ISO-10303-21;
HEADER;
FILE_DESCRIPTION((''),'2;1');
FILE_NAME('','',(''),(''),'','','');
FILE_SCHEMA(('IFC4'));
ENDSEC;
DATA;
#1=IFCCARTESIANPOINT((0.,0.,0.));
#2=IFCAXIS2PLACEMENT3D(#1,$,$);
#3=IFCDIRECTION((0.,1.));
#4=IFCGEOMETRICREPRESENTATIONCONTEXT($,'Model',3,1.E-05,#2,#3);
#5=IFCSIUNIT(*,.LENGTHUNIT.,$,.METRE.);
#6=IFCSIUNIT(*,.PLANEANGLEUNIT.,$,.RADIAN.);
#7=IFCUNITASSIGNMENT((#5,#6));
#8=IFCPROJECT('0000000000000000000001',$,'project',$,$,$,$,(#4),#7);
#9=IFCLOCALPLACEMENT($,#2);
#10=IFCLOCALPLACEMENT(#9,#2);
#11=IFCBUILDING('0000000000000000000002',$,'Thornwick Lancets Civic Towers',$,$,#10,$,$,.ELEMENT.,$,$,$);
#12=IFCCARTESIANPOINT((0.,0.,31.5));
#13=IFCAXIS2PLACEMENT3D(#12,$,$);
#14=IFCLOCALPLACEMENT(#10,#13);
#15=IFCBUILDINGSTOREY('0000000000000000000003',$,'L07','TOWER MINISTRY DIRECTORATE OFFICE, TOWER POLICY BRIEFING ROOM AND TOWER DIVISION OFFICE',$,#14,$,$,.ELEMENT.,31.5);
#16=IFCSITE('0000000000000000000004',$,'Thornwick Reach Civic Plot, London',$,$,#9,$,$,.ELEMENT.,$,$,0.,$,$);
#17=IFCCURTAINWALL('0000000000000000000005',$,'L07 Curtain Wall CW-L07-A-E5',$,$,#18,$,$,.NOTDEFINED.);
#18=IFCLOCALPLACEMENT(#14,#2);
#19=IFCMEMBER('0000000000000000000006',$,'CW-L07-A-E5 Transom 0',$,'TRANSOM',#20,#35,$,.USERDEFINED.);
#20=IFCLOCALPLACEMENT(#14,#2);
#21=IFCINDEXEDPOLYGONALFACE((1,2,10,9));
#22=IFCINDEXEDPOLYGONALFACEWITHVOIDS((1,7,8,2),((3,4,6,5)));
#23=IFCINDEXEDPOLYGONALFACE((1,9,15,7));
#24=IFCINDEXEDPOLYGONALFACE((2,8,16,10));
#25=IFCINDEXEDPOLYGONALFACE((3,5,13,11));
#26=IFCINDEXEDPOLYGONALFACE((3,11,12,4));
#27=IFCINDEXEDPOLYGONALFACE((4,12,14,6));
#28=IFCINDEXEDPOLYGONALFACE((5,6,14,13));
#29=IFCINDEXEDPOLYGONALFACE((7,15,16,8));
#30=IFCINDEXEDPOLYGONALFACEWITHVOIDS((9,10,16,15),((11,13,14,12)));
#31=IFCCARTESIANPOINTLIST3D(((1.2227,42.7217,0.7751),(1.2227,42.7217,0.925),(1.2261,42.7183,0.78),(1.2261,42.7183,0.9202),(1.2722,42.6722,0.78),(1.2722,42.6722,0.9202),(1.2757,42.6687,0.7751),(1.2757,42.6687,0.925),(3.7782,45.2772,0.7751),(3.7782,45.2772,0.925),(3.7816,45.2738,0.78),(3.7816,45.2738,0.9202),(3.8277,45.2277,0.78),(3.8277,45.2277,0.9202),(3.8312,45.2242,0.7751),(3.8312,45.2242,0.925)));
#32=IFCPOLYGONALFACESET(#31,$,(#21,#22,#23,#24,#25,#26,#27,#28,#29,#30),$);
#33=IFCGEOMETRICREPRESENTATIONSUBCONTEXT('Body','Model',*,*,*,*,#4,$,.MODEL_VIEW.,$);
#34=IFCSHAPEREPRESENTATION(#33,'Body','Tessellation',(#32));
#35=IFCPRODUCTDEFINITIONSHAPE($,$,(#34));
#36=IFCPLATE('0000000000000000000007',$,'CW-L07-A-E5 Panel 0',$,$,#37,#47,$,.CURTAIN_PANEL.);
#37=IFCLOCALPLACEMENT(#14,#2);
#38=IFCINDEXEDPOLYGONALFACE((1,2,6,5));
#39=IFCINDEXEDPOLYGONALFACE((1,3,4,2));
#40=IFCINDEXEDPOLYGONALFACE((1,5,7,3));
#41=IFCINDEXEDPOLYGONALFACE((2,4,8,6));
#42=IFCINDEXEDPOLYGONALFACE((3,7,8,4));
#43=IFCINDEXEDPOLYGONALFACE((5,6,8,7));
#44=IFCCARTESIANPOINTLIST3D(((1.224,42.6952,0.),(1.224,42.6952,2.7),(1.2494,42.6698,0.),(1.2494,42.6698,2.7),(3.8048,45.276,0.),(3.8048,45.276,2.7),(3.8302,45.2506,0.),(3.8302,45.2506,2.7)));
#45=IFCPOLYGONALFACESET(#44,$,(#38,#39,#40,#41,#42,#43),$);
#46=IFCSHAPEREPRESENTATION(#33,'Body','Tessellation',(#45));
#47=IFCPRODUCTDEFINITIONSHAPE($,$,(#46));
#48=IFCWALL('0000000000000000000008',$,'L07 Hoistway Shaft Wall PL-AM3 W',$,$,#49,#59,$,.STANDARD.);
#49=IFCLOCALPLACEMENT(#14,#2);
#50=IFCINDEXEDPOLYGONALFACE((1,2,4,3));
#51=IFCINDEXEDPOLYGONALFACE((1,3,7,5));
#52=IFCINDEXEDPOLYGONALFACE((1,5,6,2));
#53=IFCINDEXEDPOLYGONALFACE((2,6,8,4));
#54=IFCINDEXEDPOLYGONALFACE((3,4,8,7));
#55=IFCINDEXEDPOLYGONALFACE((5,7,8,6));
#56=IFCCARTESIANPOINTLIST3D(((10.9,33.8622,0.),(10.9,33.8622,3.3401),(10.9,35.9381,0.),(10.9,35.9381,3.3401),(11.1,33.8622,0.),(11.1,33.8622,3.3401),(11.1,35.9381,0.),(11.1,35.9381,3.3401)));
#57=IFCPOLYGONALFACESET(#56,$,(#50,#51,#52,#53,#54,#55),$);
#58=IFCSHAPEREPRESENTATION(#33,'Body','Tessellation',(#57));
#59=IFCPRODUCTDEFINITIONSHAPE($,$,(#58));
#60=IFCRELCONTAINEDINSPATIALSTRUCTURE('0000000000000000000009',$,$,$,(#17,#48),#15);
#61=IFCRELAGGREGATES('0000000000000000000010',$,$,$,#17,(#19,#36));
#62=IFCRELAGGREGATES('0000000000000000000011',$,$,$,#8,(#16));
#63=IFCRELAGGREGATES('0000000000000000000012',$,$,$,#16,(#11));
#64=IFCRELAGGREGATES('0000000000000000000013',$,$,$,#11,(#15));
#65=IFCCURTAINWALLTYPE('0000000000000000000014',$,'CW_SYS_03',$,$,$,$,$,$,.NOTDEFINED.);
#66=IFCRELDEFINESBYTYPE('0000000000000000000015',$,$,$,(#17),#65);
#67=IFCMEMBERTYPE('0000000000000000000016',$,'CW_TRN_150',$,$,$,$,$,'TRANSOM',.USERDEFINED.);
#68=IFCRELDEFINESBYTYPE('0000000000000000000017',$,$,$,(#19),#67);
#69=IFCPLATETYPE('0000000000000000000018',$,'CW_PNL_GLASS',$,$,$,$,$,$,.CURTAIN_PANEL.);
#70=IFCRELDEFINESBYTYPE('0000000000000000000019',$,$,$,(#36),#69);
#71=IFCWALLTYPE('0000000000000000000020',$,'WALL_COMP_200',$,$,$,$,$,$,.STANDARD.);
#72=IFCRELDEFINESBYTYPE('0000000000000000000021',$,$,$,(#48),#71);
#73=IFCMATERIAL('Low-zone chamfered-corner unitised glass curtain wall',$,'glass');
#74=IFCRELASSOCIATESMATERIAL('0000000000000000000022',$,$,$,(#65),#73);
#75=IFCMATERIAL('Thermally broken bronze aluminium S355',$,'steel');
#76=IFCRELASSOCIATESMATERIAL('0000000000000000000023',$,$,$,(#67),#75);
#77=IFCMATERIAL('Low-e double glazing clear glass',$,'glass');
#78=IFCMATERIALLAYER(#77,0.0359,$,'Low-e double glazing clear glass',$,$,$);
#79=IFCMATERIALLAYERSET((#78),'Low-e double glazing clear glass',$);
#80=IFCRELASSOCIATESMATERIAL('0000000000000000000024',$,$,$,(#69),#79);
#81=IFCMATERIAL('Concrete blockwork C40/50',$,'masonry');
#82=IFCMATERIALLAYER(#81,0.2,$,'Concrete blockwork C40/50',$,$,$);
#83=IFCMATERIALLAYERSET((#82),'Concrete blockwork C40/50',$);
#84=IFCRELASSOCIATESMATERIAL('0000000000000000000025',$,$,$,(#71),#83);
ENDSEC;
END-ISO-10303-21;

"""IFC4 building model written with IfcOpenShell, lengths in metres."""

from ifc_helpers import new_model, si_unit, direction, frame, frame_2d, origin, origin_2d, place, context, subcontext, project, spatial, rectangle, hollow_rectangle, extrude, material, layer, layer_set, material_profile, profile_set, type_object, element, aggregate, save


model = new_model("IFC4")

# Units and contexts
model_context = context("Model", 3, precision=1e-05, world=origin(), true_north=direction((0.0, 1.0)))
body_context = subcontext(model_context, "Body", "Model", "MODEL_VIEW")
ifc_project = project(units=[si_unit("LENGTHUNIT", "METRE"), si_unit("PLANEANGLEUNIT", "RADIAN")], contexts=[model_context])

# Site, building, storey
site_placement = place(None, origin())
site = spatial("IfcSite", under=ifc_project, at=site_placement, Name="Thornwick Reach Civic Plot, London", CompositionType="ELEMENT", RefElevation=0.0)
building_placement = place(site_placement, origin())
building = spatial("IfcBuilding", under=site, at=building_placement, Name="Thornwick Lancets Civic Towers", CompositionType="ELEMENT")
storey_placement = place(building_placement, frame((0.0, 0.0, 31.5)))
storey = spatial("IfcBuildingStorey", under=building, at=storey_placement, Name="L07", Description="TOWER MINISTRY DIRECTORATE OFFICE, TOWER POLICY BRIEFING ROOM AND TOWER DIVISION OFFICE", CompositionType="ELEMENT", Elevation=31.5)

# Curtain wall, member, plate
ifc_material_1 = material(Name="Low-zone chamfered-corner unitised glass curtain wall", Category="glass")
curtain_wall_type = type_object("IfcCurtainWallType", Name="CW_SYS_03", PredefinedType="NOTDEFINED", material=ifc_material_1)
curtain_wall_placement = place(storey_placement, origin())
curtain_wall = element("IfcCurtainWall", 1, at=curtain_wall_placement, inside=storey, type_object=curtain_wall_type, Name="L07 Curtain Wall CW-L07-A-E5", PredefinedType="NOTDEFINED")
ifc_material_2 = material(Name="Thermally broken bronze aluminium S355", Category="steel")
ifc_material_profile_1 = material_profile(ifc_material_2, hollow_rectangle(XDim=0.075, YDim=0.1499, WallThickness=0.0049, at=origin_2d()), Name="RHS 150x75x5")
ifc_profile_set_1 = profile_set([ifc_material_profile_1], Name="Thermally broken bronze aluminium S355")
member_type_1 = type_object("IfcMemberType", Name="CW_TRN_150", ElementType="TRANSOM", PredefinedType="USERDEFINED", material=ifc_profile_set_1)
member_1_placement = place(storey_placement, frame((3.8047, 45.2507, 0.8501), z_axis=(-0.707107, -0.707107, 0.0), x_axis=(0.707107, -0.707107, 0.0)))
member_1 = element("IfcMember", 2, at=member_1_placement, type_object=member_type_1, Name="CW-L07-A-E5 Transom 0", ObjectType="TRANSOM", PredefinedType="USERDEFINED", context=body_context, shape_type="SweptSolid", body=[
    extrude(hollow_rectangle(XDim=0.075, YDim=0.1499, WallThickness=0.0049, at=origin_2d()), origin(), (0.0, 0.0, 1.0), 3.614),
])
ifc_material_3 = material(Name="Low-e double glazing clear glass", Category="glass")
ifc_layer_1 = layer(ifc_material_3, 0.0359, Name="Low-e double glazing clear glass")
ifc_layer_set_1 = layer_set([ifc_layer_1], Name="Low-e double glazing clear glass")
plate_type = type_object("IfcPlateType", Name="CW_PNL_GLASS", PredefinedType="CURTAIN_PANEL", material=ifc_layer_set_1)
plate_placement = place(storey_placement, frame((2.5271, 43.9729, 0.0), z_axis=(0.0, 0.0, 1.0), x_axis=(-0.707107, -0.707107, 0.0)))
plate = element("IfcPlate", 3, at=plate_placement, type_object=plate_type, Name="CW-L07-A-E5 Panel 0", PredefinedType="CURTAIN_PANEL", context=body_context, shape_type="SweptSolid", body=[
    extrude(rectangle(XDim=3.6499, YDim=0.0359, at=origin_2d()), origin(), (0.0, 0.0, 1.0), 2.7),
])
aggregate(curtain_wall, [member_1, plate])

# Wall
ifc_material_4 = material(Name="Concrete blockwork C40/50", Category="masonry")
ifc_layer_2 = layer(ifc_material_4, 0.2, Name="Concrete blockwork C40/50")
ifc_layer_set_2 = layer_set([ifc_layer_2], Name="Concrete blockwork C40/50")
wall_type_1 = type_object("IfcWallType", Name="WALL_COMP_200", PredefinedType="STANDARD", material=ifc_layer_set_2)
wall_1_placement = place(storey_placement, frame((11.0, 33.8621, 0.0), z_axis=(0.0, 0.0, 1.0), x_axis=(0.0, 1.0, 0.0)))
element("IfcWall", 4, at=wall_1_placement, inside=storey, type_object=wall_type_1, Name="L07 Hoistway Shaft Wall PL-AM3 W", PredefinedType="STANDARD", context=body_context, shape_type="SweptSolid", body=[
    extrude(rectangle(XDim=2.0759, YDim=0.2, at=frame_2d((1.0381, 0.0))), origin(), (0.0, 0.0, 1.0), 3.3401),
])

save(model, "model.ifc")
